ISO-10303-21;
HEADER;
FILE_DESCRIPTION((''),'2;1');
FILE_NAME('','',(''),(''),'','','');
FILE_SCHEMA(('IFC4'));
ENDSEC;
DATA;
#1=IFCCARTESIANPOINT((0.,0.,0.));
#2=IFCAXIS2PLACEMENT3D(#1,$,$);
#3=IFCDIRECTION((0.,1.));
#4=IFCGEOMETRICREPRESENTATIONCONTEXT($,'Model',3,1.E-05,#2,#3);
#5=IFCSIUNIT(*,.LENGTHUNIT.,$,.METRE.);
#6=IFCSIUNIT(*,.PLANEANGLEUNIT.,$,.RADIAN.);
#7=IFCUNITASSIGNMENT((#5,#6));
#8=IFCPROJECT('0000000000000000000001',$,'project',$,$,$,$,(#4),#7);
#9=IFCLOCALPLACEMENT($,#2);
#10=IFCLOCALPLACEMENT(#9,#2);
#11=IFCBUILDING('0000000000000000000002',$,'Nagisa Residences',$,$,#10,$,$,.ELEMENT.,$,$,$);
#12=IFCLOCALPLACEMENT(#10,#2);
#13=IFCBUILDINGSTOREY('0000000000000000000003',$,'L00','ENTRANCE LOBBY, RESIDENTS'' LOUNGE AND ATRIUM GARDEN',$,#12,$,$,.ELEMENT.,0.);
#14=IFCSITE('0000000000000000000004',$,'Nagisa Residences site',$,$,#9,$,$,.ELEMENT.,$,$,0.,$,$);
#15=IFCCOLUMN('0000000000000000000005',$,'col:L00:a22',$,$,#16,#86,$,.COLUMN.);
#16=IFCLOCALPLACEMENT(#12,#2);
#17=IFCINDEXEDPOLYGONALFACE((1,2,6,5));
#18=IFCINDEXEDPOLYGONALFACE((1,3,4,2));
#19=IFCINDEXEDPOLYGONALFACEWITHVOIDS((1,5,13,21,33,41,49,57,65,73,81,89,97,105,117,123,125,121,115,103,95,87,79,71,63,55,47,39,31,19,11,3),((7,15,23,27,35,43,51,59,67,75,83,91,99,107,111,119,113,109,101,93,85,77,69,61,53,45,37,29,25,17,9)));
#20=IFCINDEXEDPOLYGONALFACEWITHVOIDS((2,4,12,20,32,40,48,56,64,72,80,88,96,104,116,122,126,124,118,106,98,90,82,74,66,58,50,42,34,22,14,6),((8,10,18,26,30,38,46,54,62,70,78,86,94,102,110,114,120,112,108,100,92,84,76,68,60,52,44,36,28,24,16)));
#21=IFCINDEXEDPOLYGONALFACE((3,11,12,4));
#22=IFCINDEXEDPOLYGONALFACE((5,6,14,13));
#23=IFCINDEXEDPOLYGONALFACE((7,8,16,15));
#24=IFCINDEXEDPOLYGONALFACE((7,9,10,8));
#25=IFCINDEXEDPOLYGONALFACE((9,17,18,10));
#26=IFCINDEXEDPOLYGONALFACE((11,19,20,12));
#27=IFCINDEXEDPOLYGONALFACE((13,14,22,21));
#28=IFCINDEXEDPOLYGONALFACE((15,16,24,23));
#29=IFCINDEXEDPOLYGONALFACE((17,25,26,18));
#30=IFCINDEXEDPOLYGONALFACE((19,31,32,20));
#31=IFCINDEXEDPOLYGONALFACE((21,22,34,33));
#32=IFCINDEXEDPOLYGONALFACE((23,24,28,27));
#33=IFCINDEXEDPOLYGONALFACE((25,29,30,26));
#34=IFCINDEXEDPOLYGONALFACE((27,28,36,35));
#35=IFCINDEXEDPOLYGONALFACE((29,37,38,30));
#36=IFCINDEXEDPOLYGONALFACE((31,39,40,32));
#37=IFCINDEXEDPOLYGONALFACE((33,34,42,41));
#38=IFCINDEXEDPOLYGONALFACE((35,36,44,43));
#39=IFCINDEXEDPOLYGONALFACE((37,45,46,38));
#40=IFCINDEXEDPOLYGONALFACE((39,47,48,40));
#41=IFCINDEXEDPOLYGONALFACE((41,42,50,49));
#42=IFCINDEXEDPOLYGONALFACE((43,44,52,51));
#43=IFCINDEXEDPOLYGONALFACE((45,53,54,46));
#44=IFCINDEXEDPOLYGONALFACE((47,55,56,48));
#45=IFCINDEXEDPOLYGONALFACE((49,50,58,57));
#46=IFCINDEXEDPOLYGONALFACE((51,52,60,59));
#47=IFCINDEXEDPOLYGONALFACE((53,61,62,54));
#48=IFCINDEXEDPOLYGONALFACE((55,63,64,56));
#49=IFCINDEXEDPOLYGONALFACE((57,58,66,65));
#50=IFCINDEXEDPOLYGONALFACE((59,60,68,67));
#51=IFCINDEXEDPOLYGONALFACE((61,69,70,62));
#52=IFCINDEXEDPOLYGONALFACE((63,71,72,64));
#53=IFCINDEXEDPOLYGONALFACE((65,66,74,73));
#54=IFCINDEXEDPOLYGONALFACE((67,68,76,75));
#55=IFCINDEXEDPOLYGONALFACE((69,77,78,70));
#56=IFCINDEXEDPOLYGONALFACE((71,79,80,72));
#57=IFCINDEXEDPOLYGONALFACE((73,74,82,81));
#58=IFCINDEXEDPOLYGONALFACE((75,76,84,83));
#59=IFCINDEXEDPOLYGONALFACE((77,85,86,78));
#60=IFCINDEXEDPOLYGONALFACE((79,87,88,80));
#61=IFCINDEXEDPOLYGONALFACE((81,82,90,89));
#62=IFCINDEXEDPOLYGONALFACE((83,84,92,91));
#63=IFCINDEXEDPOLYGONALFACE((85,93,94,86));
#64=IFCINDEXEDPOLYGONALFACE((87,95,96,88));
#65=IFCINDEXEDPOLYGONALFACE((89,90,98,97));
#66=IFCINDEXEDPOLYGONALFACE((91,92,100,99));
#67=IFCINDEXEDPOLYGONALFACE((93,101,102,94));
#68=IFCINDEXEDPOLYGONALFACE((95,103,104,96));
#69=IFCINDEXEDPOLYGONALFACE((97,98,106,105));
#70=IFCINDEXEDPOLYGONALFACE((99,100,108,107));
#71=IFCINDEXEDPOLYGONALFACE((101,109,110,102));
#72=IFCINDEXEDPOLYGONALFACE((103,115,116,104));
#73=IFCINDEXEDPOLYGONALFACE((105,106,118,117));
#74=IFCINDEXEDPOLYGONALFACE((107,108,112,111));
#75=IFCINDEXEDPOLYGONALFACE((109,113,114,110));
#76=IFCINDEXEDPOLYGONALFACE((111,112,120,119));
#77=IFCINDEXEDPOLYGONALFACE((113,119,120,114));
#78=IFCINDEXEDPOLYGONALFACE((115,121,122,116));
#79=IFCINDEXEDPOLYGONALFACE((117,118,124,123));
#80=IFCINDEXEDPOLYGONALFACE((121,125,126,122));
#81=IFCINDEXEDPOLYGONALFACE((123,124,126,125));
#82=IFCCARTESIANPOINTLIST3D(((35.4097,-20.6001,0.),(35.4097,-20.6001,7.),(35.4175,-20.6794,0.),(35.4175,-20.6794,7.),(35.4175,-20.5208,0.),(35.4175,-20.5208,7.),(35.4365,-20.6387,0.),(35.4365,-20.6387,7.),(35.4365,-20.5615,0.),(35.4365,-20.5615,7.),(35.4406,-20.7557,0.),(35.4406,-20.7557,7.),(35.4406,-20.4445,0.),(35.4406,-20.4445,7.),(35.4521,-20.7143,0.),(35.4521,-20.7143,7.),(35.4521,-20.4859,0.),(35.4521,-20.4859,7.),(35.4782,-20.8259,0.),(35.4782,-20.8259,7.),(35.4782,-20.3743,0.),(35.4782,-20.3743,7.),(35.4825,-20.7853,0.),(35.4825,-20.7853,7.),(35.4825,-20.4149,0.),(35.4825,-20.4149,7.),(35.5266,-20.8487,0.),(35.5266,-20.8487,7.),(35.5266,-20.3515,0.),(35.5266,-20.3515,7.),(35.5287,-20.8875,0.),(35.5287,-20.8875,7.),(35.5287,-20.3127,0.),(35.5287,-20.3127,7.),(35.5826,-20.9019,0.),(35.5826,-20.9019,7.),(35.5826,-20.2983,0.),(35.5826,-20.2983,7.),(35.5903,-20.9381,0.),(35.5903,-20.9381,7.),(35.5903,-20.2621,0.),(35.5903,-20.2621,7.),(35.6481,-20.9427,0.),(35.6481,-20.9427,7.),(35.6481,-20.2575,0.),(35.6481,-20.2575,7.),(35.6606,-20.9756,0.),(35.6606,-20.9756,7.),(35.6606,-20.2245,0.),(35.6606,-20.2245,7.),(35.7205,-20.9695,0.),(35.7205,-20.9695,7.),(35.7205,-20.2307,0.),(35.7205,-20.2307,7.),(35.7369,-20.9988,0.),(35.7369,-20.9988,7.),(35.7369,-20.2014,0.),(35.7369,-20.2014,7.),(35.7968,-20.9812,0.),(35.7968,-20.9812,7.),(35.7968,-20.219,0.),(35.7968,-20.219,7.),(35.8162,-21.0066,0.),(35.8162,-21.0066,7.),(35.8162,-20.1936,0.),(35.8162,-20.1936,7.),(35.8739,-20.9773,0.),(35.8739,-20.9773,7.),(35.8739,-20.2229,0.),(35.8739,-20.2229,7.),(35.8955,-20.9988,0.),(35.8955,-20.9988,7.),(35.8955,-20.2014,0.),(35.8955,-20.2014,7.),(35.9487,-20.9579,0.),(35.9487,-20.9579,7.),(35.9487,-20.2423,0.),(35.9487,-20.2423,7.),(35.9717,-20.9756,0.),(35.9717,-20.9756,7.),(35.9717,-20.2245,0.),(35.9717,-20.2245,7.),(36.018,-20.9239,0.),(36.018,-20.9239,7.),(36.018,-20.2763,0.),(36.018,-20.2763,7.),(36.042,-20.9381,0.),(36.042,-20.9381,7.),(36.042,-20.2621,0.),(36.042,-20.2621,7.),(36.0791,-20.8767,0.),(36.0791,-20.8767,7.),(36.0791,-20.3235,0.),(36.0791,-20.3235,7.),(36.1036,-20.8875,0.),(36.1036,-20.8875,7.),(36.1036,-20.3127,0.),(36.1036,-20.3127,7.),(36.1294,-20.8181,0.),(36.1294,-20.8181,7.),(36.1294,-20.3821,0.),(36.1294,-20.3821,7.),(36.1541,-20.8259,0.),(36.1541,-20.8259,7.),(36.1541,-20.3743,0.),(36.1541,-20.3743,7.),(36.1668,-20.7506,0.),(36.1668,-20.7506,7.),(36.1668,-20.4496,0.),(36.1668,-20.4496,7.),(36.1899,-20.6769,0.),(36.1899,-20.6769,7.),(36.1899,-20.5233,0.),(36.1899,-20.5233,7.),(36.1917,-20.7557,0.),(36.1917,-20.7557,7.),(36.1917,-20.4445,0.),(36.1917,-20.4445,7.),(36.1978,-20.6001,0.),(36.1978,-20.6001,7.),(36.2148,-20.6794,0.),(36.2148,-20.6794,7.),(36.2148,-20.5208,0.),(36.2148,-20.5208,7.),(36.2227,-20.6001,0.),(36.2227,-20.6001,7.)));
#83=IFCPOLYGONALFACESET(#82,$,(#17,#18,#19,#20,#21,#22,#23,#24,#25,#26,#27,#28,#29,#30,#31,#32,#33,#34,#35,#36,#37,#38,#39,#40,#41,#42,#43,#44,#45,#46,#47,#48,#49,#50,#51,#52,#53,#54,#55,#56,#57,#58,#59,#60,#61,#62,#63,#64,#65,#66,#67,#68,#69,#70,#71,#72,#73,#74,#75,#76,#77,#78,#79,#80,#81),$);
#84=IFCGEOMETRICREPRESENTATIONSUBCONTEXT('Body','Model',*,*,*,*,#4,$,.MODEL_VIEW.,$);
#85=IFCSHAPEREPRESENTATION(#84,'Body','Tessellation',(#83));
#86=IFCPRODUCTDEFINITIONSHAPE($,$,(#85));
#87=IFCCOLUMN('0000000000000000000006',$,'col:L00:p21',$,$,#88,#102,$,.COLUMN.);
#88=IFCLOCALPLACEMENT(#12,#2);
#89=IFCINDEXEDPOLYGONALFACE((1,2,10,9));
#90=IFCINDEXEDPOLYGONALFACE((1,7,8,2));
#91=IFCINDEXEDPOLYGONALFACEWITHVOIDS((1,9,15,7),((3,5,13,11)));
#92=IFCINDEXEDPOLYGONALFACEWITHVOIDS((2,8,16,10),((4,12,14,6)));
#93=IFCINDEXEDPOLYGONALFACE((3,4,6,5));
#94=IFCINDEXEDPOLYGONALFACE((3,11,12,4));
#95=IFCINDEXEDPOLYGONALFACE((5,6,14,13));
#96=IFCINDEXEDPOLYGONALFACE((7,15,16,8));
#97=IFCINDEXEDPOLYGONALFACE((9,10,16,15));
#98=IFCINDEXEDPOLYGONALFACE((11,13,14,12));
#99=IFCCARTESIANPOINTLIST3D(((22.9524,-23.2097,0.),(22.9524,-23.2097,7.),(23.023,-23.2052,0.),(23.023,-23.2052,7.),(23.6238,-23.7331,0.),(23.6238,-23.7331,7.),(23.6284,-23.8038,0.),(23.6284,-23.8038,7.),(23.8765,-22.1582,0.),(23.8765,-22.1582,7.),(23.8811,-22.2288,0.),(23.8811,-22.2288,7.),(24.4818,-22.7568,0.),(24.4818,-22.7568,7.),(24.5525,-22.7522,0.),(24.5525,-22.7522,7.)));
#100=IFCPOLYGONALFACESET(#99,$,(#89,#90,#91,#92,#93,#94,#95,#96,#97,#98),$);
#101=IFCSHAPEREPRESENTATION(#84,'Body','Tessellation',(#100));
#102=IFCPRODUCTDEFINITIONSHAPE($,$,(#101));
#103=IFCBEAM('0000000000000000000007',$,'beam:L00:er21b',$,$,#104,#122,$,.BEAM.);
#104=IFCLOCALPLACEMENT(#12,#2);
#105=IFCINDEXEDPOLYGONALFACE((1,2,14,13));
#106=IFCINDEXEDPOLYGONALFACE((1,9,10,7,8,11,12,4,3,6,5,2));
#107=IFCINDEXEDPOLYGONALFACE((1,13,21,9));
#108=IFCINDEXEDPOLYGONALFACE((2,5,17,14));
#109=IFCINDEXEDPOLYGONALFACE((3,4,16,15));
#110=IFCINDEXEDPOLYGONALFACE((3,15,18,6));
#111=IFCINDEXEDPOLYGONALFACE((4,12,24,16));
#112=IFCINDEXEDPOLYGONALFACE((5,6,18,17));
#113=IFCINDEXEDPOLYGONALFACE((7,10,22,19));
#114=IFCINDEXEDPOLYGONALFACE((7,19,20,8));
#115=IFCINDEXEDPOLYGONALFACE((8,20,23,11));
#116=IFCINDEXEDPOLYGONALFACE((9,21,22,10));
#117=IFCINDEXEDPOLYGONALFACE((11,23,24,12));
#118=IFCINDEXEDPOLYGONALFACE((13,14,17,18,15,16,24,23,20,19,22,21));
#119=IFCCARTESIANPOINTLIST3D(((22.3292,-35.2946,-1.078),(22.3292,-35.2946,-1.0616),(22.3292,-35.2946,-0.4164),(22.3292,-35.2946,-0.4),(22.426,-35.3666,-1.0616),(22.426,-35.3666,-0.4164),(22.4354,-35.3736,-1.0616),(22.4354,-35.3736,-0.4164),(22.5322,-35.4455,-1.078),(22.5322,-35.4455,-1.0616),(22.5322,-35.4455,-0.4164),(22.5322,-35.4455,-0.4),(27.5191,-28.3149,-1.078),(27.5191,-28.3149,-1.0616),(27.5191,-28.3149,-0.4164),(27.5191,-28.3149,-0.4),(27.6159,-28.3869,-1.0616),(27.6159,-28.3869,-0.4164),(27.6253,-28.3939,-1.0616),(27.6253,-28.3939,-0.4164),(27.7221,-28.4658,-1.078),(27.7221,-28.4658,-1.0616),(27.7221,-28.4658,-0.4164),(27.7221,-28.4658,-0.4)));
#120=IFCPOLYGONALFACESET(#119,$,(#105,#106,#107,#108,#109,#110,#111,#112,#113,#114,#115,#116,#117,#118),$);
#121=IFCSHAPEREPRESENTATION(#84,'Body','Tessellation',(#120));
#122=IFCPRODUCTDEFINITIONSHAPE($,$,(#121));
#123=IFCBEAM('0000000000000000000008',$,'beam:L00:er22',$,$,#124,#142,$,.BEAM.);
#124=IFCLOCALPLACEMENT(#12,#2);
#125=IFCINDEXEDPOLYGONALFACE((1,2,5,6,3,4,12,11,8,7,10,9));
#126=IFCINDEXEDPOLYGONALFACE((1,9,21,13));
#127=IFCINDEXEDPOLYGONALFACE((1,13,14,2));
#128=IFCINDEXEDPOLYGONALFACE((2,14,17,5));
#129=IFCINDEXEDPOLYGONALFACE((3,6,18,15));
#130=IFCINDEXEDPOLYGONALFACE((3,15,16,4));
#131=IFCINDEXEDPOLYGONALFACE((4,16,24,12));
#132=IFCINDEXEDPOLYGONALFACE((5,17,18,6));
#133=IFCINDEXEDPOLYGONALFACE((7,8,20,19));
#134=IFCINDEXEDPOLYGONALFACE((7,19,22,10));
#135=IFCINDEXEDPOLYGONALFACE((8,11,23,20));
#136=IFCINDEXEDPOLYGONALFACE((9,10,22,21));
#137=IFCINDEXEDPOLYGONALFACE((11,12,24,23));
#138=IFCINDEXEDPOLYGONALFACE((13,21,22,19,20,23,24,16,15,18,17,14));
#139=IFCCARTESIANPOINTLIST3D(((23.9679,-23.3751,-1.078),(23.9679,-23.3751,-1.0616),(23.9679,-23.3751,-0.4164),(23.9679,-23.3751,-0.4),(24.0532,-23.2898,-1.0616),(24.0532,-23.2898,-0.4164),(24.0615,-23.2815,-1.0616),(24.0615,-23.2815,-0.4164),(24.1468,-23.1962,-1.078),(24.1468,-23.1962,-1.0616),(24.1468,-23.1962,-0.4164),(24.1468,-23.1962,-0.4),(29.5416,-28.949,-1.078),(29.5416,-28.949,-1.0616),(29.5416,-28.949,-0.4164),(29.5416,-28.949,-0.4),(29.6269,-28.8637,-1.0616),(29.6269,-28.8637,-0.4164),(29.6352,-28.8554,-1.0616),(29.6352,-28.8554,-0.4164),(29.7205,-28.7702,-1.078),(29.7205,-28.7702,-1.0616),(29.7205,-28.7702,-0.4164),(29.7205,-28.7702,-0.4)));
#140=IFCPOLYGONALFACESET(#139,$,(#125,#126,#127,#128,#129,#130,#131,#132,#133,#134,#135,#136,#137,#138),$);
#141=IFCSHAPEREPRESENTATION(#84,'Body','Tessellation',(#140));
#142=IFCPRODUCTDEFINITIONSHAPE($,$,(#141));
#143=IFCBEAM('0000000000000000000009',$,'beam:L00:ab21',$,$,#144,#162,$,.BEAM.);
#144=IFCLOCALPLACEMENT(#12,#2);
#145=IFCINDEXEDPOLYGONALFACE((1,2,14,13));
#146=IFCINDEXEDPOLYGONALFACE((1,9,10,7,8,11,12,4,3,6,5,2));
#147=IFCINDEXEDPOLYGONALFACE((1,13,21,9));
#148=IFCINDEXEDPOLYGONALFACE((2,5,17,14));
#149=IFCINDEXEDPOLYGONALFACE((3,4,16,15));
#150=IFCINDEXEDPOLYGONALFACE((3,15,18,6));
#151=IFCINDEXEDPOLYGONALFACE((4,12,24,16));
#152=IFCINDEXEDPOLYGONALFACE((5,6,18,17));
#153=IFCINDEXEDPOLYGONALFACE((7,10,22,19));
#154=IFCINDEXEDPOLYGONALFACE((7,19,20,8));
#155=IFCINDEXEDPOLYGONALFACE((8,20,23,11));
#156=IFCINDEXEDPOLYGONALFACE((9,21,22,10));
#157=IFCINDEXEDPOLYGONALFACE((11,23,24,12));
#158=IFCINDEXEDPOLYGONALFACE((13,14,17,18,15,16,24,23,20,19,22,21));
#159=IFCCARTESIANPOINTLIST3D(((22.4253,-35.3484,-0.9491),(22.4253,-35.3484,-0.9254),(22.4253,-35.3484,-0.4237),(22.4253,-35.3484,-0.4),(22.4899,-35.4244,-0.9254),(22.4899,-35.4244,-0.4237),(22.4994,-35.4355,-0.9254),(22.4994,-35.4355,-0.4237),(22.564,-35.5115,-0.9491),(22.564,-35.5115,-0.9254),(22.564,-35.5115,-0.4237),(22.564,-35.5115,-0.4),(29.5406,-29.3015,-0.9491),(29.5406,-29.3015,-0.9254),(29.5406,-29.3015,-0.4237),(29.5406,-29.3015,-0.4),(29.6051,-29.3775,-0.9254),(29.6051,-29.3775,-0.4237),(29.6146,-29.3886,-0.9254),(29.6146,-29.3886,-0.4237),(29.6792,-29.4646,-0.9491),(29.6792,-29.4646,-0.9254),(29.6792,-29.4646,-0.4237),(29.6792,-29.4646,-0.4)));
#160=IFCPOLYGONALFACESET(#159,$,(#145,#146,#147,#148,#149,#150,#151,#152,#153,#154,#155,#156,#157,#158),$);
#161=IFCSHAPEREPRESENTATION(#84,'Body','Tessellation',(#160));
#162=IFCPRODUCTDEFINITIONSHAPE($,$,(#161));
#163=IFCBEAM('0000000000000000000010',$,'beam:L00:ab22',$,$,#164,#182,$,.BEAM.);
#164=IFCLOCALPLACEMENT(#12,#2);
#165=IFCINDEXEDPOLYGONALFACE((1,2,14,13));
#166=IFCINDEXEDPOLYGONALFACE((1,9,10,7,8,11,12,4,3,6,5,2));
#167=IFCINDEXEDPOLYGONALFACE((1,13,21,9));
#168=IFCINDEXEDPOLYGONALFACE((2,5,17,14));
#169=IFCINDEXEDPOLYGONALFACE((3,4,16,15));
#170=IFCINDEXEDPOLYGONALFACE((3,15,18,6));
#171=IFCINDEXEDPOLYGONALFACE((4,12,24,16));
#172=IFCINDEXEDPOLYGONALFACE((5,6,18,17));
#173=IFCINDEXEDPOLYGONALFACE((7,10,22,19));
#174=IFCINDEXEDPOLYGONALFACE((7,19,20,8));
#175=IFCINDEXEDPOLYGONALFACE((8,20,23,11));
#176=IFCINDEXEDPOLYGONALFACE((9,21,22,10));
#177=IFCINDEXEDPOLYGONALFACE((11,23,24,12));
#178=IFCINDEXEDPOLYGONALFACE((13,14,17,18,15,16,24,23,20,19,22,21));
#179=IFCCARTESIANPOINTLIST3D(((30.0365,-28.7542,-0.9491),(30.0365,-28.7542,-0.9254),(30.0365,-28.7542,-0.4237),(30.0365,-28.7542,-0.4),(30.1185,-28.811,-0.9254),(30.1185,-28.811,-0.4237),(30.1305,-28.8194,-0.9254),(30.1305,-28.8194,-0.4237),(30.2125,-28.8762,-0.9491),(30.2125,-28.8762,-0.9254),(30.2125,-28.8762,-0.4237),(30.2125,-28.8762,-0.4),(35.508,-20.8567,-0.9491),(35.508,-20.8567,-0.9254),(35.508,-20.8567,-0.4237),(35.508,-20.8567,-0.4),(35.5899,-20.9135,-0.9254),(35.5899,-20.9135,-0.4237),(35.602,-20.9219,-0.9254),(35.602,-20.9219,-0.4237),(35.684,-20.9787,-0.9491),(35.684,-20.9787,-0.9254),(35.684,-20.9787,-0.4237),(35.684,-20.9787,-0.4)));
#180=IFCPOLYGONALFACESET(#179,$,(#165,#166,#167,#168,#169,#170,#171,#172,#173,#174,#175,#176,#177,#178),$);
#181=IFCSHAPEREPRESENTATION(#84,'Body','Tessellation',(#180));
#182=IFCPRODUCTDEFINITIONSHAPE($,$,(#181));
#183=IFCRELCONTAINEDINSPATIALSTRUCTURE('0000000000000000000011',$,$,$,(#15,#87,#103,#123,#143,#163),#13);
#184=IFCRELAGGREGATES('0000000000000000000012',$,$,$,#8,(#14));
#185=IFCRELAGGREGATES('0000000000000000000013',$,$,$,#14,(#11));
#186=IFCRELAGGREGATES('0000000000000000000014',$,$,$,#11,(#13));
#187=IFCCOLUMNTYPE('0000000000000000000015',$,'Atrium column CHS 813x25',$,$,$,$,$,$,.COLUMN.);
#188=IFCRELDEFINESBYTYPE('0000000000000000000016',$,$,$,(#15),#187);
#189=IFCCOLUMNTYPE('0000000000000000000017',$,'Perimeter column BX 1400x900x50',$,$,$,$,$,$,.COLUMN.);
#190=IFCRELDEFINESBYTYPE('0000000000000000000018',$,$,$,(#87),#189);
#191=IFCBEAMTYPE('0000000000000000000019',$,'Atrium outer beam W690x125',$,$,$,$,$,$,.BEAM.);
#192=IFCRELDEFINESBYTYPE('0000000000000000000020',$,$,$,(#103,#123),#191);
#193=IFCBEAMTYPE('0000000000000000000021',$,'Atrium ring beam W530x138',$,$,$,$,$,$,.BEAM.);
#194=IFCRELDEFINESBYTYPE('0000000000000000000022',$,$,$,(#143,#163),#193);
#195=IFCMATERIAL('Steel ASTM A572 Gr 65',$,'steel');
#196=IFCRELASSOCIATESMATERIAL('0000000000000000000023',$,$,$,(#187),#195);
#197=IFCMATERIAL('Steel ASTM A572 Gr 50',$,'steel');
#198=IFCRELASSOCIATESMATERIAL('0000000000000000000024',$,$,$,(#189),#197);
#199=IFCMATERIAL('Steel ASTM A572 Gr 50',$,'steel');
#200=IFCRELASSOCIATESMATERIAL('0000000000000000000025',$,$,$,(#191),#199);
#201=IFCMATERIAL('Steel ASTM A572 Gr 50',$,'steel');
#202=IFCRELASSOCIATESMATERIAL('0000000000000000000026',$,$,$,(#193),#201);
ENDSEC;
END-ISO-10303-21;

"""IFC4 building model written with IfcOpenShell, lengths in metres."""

from ifc_helpers import new_model, si_unit, direction, frame, origin, origin_2d, place, context, subcontext, project, spatial, hollow_rectangle, hollow_circle, i_section, extrude, material, material_profile, profile_set, type_object, element, save


model = new_model("IFC4")

# Units and contexts
model_context = context("Model", 3, precision=1e-05, world=origin(), true_north=direction((0.0, 1.0)))
body_context = subcontext(model_context, "Body", "Model", "MODEL_VIEW")
ifc_project = project(units=[si_unit("LENGTHUNIT", "METRE"), si_unit("PLANEANGLEUNIT", "RADIAN")], contexts=[model_context])

# Site, building, storey
site_placement = place(None, origin())
site = spatial("IfcSite", under=ifc_project, at=site_placement, Name="Nagisa Residences site", CompositionType="ELEMENT", RefElevation=0.0)
building_placement = place(site_placement, origin())
building = spatial("IfcBuilding", under=site, at=building_placement, Name="Nagisa Residences", CompositionType="ELEMENT")
storey_placement = place(building_placement, origin())
storey = spatial("IfcBuildingStorey", under=building, at=storey_placement, Name="L00", Description="ENTRANCE LOBBY, RESIDENTS' LOUNGE AND ATRIUM GARDEN", CompositionType="ELEMENT", Elevation=0.0)

# Columns
ifc_material_1 = material(Name="Steel ASTM A572 Gr 65", Category="steel")
ifc_material_profile_1 = material_profile(ifc_material_1, hollow_circle(Radius=0.4065, WallThickness=0.0249, at=origin_2d()), Name="CHS 813x25")
ifc_profile_set_1 = profile_set([ifc_material_profile_1], Name="Steel ASTM A572 Gr 65")
column_type_1 = type_object("IfcColumnType", Name="Atrium column CHS 813x25", PredefinedType="COLUMN", material=ifc_profile_set_1)
for number, where, z_axis, x_axis, name in (
    (1, (35.8162, -20.6001, 0.0), (0.0, 0.0, 1.0), (1.0, 0.0, 0.0), "col:L00:a22"),
):
    element("IfcColumn", number, at=place(storey_placement, frame(where, z_axis=z_axis, x_axis=x_axis)), inside=storey, type_object=column_type_1, Name=name, PredefinedType="COLUMN", context=body_context, shape_type="SweptSolid", body=[
        extrude(hollow_circle(Radius=0.4065, WallThickness=0.0249, at=origin_2d()), origin(), (0.0, 0.0, 1.0), 7.0),
    ])
ifc_material_2 = material(Name="Steel ASTM A572 Gr 50", Category="steel")
ifc_material_profile_2 = material_profile(ifc_material_2, hollow_rectangle(XDim=1.3999, YDim=0.8999, WallThickness=0.05, at=origin_2d()), Name="BX 1400x900x50")
ifc_profile_set_2 = profile_set([ifc_material_profile_2], Name="Steel ASTM A572 Gr 50")
column_type_2 = type_object("IfcColumnType", Name="Perimeter column BX 1400x900x50", PredefinedType="COLUMN", material=ifc_profile_set_2)
column_placement = place(storey_placement, frame((23.7524, -22.981, 0.0), z_axis=(0.0, 0.0, 1.0), x_axis=(0.660115, 0.751165, 0.0)))
element("IfcColumn", 2, at=column_placement, inside=storey, type_object=column_type_2, Name="col:L00:p21", PredefinedType="COLUMN", context=body_context, shape_type="SweptSolid", body=[
    extrude(hollow_rectangle(XDim=1.3999, YDim=0.8999, WallThickness=0.05, at=origin_2d()), origin(), (0.0, 0.0, 1.0), 7.0),
])

# Beams
ifc_material_3 = material(Name="Steel ASTM A572 Gr 50", Category="steel")
ifc_material_profile_3 = material_profile(ifc_material_3, i_section(OverallWidth=0.2529, OverallDepth=0.678, WebThickness=0.0117, FlangeThickness=0.0164, at=origin_2d()), Name="W690x125")
ifc_profile_set_3 = profile_set([ifc_material_profile_3], Name="Steel ASTM A572 Gr 50")
beam_type_1 = type_object("IfcBeamType", Name="Atrium outer beam W690x125", PredefinedType="BEAM", material=ifc_profile_set_3)
beam_1_placement = place(storey_placement, frame((27.6206, -28.3904, -0.739), z_axis=(-0.596694, -0.802469, 0.0), x_axis=(0.802469, -0.596694, 0.0)))
element("IfcBeam", 3, at=beam_1_placement, inside=storey, type_object=beam_type_1, Name="beam:L00:er21b", PredefinedType="BEAM", context=body_context, shape_type="SweptSolid", body=[
    extrude(i_section(OverallWidth=0.2529, OverallDepth=0.678, WebThickness=0.0117, FlangeThickness=0.0164, at=origin_2d()), origin(), (0.0, 0.0, 1.0), 8.6978),
])
beam_2_placement = place(storey_placement, frame((24.0574, -23.2856, -0.739), z_axis=(0.707091, -0.707122, 0.0), x_axis=(0.707122, 0.707091, 0.0)))
element("IfcBeam", 4, at=beam_2_placement, inside=storey, type_object=beam_type_1, Name="beam:L00:er22", PredefinedType="BEAM", context=body_context, shape_type="SweptSolid", body=[
    extrude(i_section(OverallWidth=0.2529, OverallDepth=0.678, WebThickness=0.0117, FlangeThickness=0.0164, at=origin_2d()), origin(), (0.0, 0.0, 1.0), 7.8826),
])
ifc_material_4 = material(Name="Steel ASTM A572 Gr 50", Category="steel")
ifc_material_profile_4 = material_profile(ifc_material_4, i_section(OverallWidth=0.2141, OverallDepth=0.5491, WebThickness=0.0146, FlangeThickness=0.0237, at=origin_2d()), Name="W530x138")
ifc_profile_set_4 = profile_set([ifc_material_profile_4], Name="Steel ASTM A572 Gr 50")
beam_type_2 = type_object("IfcBeamType", Name="Atrium ring beam W530x138", PredefinedType="BEAM", material=ifc_profile_set_4)
beam_3_placement = place(storey_placement, frame((22.4946, -35.4299, -0.6746), z_axis=(0.761996, 0.647582, 0.0), x_axis=(-0.647582, 0.761996, 0.0)))
element("IfcBeam", 5, at=beam_3_placement, inside=storey, type_object=beam_type_2, Name="beam:L00:ab21", PredefinedType="BEAM", context=body_context, shape_type="SweptSolid", body=[
    extrude(i_section(OverallWidth=0.2141, OverallDepth=0.5491, WebThickness=0.0146, FlangeThickness=0.0237, at=origin_2d()), origin(), (0.0, 0.0, 1.0), 9.3376),
])
beam_4_placement = place(storey_placement, frame((30.1245, -28.8152, -0.6746), z_axis=(0.569489, 0.821999, 0.0), x_axis=(-0.821999, 0.569489, 0.0)))
element("IfcBeam", 6, at=beam_4_placement, inside=storey, type_object=beam_type_2, Name="beam:L00:ab22", PredefinedType="BEAM", context=body_context, shape_type="SweptSolid", body=[
    extrude(i_section(OverallWidth=0.2141, OverallDepth=0.5491, WebThickness=0.0146, FlangeThickness=0.0237, at=origin_2d()), origin(), (0.0, 0.0, 1.0), 9.6077),
])

save(model, "model.ifc")
